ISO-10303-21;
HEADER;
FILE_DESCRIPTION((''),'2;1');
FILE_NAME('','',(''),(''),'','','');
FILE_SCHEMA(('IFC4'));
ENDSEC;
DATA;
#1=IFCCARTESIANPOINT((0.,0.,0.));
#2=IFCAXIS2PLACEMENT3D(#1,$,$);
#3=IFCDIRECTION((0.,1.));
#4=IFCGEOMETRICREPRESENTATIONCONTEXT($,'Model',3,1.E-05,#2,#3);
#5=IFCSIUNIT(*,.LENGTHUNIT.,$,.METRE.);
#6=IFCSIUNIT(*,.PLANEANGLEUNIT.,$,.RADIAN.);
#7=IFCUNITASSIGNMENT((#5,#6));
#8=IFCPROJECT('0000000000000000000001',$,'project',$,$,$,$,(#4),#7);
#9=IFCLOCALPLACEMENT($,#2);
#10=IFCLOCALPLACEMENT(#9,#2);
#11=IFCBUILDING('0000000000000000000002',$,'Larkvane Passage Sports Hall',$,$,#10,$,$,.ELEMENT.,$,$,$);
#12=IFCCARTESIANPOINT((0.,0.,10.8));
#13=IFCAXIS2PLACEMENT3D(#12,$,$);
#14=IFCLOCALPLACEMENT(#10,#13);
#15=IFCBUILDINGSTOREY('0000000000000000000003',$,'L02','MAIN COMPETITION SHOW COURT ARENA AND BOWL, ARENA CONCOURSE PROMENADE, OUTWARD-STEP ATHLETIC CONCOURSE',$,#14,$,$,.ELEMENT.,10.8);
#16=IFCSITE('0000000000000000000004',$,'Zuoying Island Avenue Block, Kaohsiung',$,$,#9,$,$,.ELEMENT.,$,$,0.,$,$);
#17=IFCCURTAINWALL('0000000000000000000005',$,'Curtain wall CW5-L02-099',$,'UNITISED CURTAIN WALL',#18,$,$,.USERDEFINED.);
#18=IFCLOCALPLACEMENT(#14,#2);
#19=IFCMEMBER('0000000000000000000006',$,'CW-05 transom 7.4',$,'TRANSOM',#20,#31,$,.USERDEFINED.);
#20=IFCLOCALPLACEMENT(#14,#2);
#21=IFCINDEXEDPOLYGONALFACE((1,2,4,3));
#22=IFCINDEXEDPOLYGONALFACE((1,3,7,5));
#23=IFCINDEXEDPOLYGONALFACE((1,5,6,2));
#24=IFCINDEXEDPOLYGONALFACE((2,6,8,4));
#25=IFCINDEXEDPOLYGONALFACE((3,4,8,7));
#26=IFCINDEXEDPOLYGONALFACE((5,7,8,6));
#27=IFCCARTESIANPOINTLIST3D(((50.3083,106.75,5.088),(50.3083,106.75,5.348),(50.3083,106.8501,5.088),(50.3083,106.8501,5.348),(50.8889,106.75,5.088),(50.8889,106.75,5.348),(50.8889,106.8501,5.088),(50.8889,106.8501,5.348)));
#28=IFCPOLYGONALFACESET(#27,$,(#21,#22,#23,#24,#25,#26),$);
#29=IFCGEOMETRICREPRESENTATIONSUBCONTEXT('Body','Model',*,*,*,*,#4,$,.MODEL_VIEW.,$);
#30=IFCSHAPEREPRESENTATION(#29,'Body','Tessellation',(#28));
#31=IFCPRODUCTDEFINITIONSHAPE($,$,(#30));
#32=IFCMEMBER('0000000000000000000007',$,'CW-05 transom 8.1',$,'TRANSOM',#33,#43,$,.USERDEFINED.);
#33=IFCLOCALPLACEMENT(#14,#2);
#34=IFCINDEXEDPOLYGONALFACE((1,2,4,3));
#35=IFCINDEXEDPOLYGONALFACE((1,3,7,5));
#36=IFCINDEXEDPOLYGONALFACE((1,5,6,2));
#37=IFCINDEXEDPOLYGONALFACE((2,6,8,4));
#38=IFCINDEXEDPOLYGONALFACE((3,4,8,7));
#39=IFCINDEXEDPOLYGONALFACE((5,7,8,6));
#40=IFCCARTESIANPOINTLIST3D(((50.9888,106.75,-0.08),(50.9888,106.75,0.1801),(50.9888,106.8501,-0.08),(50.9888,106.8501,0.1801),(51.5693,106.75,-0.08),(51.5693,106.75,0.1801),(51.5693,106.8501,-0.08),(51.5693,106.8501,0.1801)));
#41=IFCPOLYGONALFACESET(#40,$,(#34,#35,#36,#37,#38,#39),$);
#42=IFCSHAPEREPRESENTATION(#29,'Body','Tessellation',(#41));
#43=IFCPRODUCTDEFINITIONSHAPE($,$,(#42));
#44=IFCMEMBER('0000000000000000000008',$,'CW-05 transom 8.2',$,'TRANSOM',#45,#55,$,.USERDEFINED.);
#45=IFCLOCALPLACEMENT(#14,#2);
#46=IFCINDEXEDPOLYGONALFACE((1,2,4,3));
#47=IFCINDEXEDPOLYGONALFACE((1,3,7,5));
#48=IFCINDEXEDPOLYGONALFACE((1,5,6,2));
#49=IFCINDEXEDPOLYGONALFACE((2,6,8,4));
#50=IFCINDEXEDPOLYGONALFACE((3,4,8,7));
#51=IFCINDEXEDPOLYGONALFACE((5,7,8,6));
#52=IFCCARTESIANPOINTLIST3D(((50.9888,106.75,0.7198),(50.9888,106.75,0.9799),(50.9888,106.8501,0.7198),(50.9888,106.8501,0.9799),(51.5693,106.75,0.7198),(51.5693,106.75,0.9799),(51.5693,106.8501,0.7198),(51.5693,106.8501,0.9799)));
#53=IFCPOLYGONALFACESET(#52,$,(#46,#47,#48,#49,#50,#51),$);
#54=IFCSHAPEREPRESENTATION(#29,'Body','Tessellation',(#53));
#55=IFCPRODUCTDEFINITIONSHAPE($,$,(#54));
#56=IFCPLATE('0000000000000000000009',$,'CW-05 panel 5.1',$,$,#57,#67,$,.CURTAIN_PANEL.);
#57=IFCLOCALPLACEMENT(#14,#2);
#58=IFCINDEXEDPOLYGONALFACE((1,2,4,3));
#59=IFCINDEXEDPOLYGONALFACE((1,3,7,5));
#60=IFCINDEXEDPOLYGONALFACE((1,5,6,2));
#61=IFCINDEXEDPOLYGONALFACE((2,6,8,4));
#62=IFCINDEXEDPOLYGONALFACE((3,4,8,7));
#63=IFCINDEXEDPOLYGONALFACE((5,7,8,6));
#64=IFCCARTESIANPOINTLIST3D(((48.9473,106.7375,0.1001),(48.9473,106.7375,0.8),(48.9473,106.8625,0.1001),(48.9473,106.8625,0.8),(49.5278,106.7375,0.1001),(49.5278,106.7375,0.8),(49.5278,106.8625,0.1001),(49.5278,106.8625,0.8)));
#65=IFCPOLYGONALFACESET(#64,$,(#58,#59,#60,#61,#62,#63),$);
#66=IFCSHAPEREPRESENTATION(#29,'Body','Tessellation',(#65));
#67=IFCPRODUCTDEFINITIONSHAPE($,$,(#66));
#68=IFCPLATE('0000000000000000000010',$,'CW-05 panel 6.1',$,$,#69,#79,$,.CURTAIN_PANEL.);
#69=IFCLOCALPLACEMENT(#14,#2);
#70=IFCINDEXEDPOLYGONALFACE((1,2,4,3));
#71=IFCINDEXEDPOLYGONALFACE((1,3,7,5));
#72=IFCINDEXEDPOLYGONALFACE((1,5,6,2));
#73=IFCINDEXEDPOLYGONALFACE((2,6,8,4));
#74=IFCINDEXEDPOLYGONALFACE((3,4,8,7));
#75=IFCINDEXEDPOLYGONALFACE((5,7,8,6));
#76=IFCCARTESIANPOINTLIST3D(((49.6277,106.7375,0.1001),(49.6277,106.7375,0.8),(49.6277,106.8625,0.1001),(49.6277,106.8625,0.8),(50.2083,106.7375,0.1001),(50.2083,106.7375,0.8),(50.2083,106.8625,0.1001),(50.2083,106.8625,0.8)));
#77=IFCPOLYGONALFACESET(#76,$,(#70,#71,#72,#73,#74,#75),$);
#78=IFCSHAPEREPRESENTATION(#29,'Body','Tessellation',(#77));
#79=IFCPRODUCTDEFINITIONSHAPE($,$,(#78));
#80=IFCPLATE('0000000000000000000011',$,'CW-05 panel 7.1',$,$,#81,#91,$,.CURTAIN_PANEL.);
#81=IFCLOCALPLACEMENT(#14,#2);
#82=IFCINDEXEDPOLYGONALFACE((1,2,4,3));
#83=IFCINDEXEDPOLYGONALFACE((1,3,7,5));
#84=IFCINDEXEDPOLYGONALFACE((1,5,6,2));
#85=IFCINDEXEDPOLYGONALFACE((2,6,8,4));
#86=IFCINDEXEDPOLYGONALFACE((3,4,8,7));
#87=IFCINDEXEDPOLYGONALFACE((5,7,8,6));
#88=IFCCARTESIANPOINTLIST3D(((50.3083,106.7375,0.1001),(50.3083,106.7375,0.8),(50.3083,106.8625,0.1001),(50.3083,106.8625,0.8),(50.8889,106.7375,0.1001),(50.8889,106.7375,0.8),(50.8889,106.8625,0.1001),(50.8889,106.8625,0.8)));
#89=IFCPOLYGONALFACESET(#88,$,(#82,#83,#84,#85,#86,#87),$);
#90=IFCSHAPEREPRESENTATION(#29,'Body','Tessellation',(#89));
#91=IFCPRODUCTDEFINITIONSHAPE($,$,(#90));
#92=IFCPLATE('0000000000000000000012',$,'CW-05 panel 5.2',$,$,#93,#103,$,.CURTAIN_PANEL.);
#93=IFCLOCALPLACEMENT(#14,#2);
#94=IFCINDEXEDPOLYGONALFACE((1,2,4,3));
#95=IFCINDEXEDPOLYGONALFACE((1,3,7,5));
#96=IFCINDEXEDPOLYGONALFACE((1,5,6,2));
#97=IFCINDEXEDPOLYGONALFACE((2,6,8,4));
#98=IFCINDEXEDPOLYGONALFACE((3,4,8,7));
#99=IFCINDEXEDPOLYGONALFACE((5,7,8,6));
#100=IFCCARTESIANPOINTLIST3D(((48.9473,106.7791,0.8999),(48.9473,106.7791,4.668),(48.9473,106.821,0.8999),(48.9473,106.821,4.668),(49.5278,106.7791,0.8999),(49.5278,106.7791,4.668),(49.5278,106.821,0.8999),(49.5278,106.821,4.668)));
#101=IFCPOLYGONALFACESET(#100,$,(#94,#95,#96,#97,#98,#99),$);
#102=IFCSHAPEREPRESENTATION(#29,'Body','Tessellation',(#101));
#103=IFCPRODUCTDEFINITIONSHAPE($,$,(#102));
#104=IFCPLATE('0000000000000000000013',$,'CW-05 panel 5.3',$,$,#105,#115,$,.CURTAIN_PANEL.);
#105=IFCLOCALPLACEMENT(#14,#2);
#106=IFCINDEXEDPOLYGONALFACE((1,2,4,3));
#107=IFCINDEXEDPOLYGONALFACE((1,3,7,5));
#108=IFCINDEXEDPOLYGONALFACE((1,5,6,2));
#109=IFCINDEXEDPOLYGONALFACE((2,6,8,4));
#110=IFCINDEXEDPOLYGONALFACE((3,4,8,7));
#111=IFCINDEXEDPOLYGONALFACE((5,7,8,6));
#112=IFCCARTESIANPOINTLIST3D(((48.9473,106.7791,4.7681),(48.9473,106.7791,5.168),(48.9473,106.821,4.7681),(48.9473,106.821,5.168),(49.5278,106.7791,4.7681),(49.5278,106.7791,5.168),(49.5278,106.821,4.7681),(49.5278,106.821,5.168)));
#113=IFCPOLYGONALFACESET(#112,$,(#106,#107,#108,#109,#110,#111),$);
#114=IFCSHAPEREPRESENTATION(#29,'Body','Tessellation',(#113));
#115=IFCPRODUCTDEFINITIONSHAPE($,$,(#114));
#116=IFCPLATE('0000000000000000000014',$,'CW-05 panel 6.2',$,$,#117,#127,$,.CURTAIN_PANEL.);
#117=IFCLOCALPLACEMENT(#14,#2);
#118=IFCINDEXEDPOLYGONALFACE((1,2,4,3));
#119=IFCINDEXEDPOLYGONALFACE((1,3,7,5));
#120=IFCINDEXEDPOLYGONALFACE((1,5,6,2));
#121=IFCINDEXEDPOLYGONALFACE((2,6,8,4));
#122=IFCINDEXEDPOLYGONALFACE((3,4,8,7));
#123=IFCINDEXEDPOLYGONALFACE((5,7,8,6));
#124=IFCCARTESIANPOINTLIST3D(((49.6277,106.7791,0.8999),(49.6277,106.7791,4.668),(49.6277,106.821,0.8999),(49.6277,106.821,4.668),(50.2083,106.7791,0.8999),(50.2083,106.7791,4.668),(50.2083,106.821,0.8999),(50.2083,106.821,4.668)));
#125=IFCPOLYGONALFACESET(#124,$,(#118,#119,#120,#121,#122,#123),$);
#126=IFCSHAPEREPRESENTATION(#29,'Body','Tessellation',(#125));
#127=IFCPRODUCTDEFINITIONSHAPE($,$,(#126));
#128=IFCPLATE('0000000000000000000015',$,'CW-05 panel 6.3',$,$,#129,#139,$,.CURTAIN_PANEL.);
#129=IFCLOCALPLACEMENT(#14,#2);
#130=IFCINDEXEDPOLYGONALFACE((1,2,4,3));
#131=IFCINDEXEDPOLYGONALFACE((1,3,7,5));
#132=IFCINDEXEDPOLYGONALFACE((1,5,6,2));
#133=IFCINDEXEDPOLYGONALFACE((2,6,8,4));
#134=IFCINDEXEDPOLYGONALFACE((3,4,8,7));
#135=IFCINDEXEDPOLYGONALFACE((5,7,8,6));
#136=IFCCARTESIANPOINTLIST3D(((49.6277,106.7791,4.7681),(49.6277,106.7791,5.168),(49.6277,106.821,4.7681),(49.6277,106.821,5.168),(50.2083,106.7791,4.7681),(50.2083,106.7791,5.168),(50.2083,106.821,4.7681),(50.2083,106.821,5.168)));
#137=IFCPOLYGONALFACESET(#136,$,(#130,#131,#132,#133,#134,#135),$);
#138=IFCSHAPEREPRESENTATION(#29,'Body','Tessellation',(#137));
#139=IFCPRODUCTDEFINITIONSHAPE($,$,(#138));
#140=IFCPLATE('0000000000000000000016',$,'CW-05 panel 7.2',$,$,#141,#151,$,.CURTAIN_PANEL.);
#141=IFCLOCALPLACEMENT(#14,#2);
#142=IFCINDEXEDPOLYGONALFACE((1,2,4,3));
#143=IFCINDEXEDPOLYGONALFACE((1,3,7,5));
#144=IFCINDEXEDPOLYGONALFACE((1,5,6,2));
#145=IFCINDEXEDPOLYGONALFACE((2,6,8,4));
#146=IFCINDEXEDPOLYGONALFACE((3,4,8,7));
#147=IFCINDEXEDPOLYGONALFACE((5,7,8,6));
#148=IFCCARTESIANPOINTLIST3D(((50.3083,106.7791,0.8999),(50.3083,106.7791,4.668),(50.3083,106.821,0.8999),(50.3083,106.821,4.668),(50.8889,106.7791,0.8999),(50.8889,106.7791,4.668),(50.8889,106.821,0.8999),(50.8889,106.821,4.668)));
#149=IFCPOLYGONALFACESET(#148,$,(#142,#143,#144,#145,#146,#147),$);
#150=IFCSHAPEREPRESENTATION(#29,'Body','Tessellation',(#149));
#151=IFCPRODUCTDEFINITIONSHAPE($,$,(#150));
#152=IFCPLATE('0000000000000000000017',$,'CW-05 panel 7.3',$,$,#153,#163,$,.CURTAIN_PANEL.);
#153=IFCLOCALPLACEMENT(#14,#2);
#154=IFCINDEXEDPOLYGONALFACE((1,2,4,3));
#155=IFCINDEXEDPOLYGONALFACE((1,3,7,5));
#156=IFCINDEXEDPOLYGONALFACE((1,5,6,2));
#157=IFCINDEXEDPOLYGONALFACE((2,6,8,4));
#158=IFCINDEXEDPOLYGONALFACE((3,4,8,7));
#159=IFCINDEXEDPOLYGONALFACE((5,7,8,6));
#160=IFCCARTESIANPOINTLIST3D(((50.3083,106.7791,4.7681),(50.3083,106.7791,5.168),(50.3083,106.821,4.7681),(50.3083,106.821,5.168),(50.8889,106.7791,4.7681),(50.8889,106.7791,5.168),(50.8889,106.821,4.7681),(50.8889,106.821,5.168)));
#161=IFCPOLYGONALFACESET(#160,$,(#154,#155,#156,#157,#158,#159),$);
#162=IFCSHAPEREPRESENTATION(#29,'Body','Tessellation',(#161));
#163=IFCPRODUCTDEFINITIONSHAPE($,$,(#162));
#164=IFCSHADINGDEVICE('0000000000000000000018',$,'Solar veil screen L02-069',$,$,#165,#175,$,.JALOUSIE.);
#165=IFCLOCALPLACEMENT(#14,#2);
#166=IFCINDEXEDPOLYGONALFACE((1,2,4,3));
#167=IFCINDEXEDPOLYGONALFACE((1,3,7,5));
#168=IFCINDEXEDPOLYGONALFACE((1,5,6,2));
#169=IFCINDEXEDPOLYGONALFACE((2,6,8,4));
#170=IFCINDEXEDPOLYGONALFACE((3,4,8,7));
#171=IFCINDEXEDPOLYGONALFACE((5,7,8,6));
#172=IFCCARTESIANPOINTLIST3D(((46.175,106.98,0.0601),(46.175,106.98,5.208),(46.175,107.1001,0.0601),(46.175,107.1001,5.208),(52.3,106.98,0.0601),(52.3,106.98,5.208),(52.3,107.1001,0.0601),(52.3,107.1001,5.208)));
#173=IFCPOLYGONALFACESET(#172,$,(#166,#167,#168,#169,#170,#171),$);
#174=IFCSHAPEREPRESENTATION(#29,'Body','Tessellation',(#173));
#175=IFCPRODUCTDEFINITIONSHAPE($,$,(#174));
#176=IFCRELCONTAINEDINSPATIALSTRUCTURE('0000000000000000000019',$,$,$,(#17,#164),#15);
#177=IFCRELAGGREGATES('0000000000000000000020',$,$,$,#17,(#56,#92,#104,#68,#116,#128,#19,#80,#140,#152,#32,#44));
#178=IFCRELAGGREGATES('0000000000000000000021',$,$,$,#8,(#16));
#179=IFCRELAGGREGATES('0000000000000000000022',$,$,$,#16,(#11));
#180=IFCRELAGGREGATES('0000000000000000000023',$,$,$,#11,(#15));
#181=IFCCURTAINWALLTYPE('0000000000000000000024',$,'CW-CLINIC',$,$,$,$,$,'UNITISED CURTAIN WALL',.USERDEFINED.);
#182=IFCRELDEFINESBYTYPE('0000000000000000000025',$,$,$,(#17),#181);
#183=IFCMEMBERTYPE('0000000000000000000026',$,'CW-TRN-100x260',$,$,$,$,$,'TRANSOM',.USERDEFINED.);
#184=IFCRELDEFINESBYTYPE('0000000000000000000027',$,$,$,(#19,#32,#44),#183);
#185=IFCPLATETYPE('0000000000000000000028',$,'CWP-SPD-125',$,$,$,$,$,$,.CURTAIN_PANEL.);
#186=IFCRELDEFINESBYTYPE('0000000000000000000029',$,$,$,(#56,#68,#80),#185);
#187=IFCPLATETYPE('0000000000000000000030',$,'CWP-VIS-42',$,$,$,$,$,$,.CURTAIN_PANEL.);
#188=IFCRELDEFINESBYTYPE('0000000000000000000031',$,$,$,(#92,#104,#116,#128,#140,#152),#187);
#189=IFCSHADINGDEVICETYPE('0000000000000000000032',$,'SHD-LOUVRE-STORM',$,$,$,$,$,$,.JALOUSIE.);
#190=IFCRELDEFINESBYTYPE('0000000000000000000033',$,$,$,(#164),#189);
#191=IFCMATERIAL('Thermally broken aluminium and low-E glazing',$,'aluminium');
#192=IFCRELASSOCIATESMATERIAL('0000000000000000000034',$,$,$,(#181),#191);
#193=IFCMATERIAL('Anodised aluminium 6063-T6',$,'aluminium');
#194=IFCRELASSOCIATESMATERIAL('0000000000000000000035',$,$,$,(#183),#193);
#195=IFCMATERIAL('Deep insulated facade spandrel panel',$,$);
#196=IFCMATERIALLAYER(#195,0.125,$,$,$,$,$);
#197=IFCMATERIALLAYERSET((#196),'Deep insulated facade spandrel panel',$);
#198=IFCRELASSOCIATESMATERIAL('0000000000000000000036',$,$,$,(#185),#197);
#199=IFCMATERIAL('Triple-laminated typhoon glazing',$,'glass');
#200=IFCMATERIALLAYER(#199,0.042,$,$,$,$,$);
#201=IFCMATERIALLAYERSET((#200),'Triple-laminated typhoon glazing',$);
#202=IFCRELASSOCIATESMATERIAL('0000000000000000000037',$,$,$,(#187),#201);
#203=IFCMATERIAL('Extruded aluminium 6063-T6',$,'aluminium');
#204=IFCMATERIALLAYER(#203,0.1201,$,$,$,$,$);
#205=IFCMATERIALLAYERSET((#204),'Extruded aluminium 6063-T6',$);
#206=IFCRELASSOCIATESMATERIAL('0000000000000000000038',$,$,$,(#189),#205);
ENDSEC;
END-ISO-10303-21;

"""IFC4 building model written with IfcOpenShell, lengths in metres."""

from ifc_helpers import new_model, si_unit, direction, frame, origin, origin_2d, place, context, subcontext, project, spatial, rectangle, extrude, material, layer, layer_set, material_profile, profile_set, type_object, element, aggregate, save


model = new_model("IFC4")

# Units and contexts
model_context = context("Model", 3, precision=1e-05, world=origin(), true_north=direction((0.0, 1.0)))
body_context = subcontext(model_context, "Body", "Model", "MODEL_VIEW")
ifc_project = project(units=[si_unit("LENGTHUNIT", "METRE"), si_unit("PLANEANGLEUNIT", "RADIAN")], contexts=[model_context])

# Site, building, storey
site_placement = place(None, origin())
site = spatial("IfcSite", under=ifc_project, at=site_placement, Name="Zuoying Island Avenue Block, Kaohsiung", CompositionType="ELEMENT", RefElevation=0.0)
building_placement = place(site_placement, origin())
building = spatial("IfcBuilding", under=site, at=building_placement, Name="Larkvane Passage Sports Hall", CompositionType="ELEMENT")
storey_placement = place(building_placement, frame((0.0, 0.0, 10.8)))
storey = spatial("IfcBuildingStorey", under=building, at=storey_placement, Name="L02", Description="MAIN COMPETITION SHOW COURT ARENA AND BOWL, ARENA CONCOURSE PROMENADE, OUTWARD-STEP ATHLETIC CONCOURSE", CompositionType="ELEMENT", Elevation=10.8)

# Curtain wall, members, plates
ifc_material_1 = material(Name="Thermally broken aluminium and low-E glazing", Category="aluminium")
curtain_wall_type = type_object("IfcCurtainWallType", Name="CW-CLINIC", ElementType="UNITISED CURTAIN WALL", PredefinedType="USERDEFINED", material=ifc_material_1)
curtain_wall_placement = place(storey_placement, origin())
curtain_wall = element("IfcCurtainWall", 1, at=curtain_wall_placement, inside=storey, type_object=curtain_wall_type, Name="Curtain wall CW5-L02-099", ObjectType="UNITISED CURTAIN WALL", PredefinedType="USERDEFINED")
ifc_material_2 = material(Name="Anodised aluminium 6063-T6", Category="aluminium")
ifc_material_profile_1 = material_profile(ifc_material_2, rectangle(XDim=0.1001, YDim=0.26, at=origin_2d()), Name="ALU-TRN-100x260")
ifc_profile_set_1 = profile_set([ifc_material_profile_1], Name="Anodised aluminium 6063-T6")
member_type_1 = type_object("IfcMemberType", Name="CW-TRN-100x260", ElementType="TRANSOM", PredefinedType="USERDEFINED", material=ifc_profile_set_1)
member_1_placement = place(storey_placement, frame((50.3083, 106.8, 5.218), z_axis=(1.0, 0.0, 0.0), x_axis=(0.0, 1.0, 0.0)))
member_1 = element("IfcMember", 2, at=member_1_placement, type_object=member_type_1, Name="CW-05 transom 7.4", ObjectType="TRANSOM", PredefinedType="USERDEFINED", context=body_context, shape_type="SweptSolid", body=[
    extrude(rectangle(XDim=0.1001, YDim=0.26, at=origin_2d()), origin(), (0.0, 0.0, 1.0), 0.5806),
])
member_2_placement = place(storey_placement, frame((50.9888, 106.8, 0.05), z_axis=(1.0, 0.0, 0.0), x_axis=(0.0, 1.0, 0.0)))
member_2 = element("IfcMember", 3, at=member_2_placement, type_object=member_type_1, Name="CW-05 transom 8.1", ObjectType="TRANSOM", PredefinedType="USERDEFINED", context=body_context, shape_type="SweptSolid", body=[
    extrude(rectangle(XDim=0.1001, YDim=0.26, at=origin_2d()), origin(), (0.0, 0.0, 1.0), 0.5806),
])
member_3_placement = place(storey_placement, frame((50.9888, 106.8, 0.8499), z_axis=(1.0, 0.0, 0.0), x_axis=(0.0, 1.0, 0.0)))
member_3 = element("IfcMember", 4, at=member_3_placement, type_object=member_type_1, Name="CW-05 transom 8.2", ObjectType="TRANSOM", PredefinedType="USERDEFINED", context=body_context, shape_type="SweptSolid", body=[
    extrude(rectangle(XDim=0.1001, YDim=0.26, at=origin_2d()), origin(), (0.0, 0.0, 1.0), 0.5806),
])
ifc_material_3 = material(Name="Deep insulated facade spandrel panel")
ifc_layer_1 = layer(ifc_material_3, 0.125)
ifc_layer_set_1 = layer_set([ifc_layer_1], Name="Deep insulated facade spandrel panel")
plate_type_1 = type_object("IfcPlateType", Name="CWP-SPD-125", PredefinedType="CURTAIN_PANEL", material=ifc_layer_set_1)
plate_1_placement = place(storey_placement, frame((49.2375, 106.8, 0.1001), z_axis=(0.0, 0.0, 1.0), x_axis=(1.0, 0.0, 0.0)))
plate_1 = element("IfcPlate", 5, at=plate_1_placement, type_object=plate_type_1, Name="CW-05 panel 5.1", PredefinedType="CURTAIN_PANEL", context=body_context, shape_type="SweptSolid", body=[
    extrude(rectangle(XDim=0.5806, YDim=0.125, at=origin_2d()), origin(), (0.0, 0.0, 1.0), 0.7),
])
plate_2_placement = place(storey_placement, frame((49.918, 106.8, 0.1001), z_axis=(0.0, 0.0, 1.0), x_axis=(1.0, 0.0, 0.0)))
plate_2 = element("IfcPlate", 6, at=plate_2_placement, type_object=plate_type_1, Name="CW-05 panel 6.1", PredefinedType="CURTAIN_PANEL", context=body_context, shape_type="SweptSolid", body=[
    extrude(rectangle(XDim=0.5806, YDim=0.125, at=origin_2d()), origin(), (0.0, 0.0, 1.0), 0.7),
])
plate_3_placement = place(storey_placement, frame((50.5986, 106.8, 0.1001), z_axis=(0.0, 0.0, 1.0), x_axis=(1.0, 0.0, 0.0)))
plate_3 = element("IfcPlate", 7, at=plate_3_placement, type_object=plate_type_1, Name="CW-05 panel 7.1", PredefinedType="CURTAIN_PANEL", context=body_context, shape_type="SweptSolid", body=[
    extrude(rectangle(XDim=0.5806, YDim=0.125, at=origin_2d()), origin(), (0.0, 0.0, 1.0), 0.7),
])
ifc_material_4 = material(Name="Triple-laminated typhoon glazing", Category="glass")
ifc_layer_2 = layer(ifc_material_4, 0.042)
ifc_layer_set_2 = layer_set([ifc_layer_2], Name="Triple-laminated typhoon glazing")
plate_type_2 = type_object("IfcPlateType", Name="CWP-VIS-42", PredefinedType="CURTAIN_PANEL", material=ifc_layer_set_2)
plate_4_placement = place(storey_placement, frame((49.2375, 106.8, 0.8999), z_axis=(0.0, 0.0, 1.0), x_axis=(1.0, 0.0, 0.0)))
plate_4 = element("IfcPlate", 8, at=plate_4_placement, type_object=plate_type_2, Name="CW-05 panel 5.2", PredefinedType="CURTAIN_PANEL", context=body_context, shape_type="SweptSolid", body=[
    extrude(rectangle(XDim=0.5806, YDim=0.042, at=origin_2d()), origin(), (0.0, 0.0, 1.0), 3.7681),
])
plate_5_placement = place(storey_placement, frame((49.2375, 106.8, 4.7681), z_axis=(0.0, 0.0, 1.0), x_axis=(1.0, 0.0, 0.0)))
plate_5 = element("IfcPlate", 9, at=plate_5_placement, type_object=plate_type_2, Name="CW-05 panel 5.3", PredefinedType="CURTAIN_PANEL", context=body_context, shape_type="SweptSolid", body=[
    extrude(rectangle(XDim=0.5806, YDim=0.042, at=origin_2d()), origin(), (0.0, 0.0, 1.0), 0.3999),
])
plate_6_placement = place(storey_placement, frame((49.918, 106.8, 0.8999), z_axis=(0.0, 0.0, 1.0), x_axis=(1.0, 0.0, 0.0)))
plate_6 = element("IfcPlate", 10, at=plate_6_placement, type_object=plate_type_2, Name="CW-05 panel 6.2", PredefinedType="CURTAIN_PANEL", context=body_context, shape_type="SweptSolid", body=[
    extrude(rectangle(XDim=0.5806, YDim=0.042, at=origin_2d()), origin(), (0.0, 0.0, 1.0), 3.7681),
])
plate_7_placement = place(storey_placement, frame((49.918, 106.8, 4.7681), z_axis=(0.0, 0.0, 1.0), x_axis=(1.0, 0.0, 0.0)))
plate_7 = element("IfcPlate", 11, at=plate_7_placement, type_object=plate_type_2, Name="CW-05 panel 6.3", PredefinedType="CURTAIN_PANEL", context=body_context, shape_type="SweptSolid", body=[
    extrude(rectangle(XDim=0.5806, YDim=0.042, at=origin_2d()), origin(), (0.0, 0.0, 1.0), 0.3999),
])
plate_8_placement = place(storey_placement, frame((50.5986, 106.8, 0.8999), z_axis=(0.0, 0.0, 1.0), x_axis=(1.0, 0.0, 0.0)))
plate_8 = element("IfcPlate", 12, at=plate_8_placement, type_object=plate_type_2, Name="CW-05 panel 7.2", PredefinedType="CURTAIN_PANEL", context=body_context, shape_type="SweptSolid", body=[
    extrude(rectangle(XDim=0.5806, YDim=0.042, at=origin_2d()), origin(), (0.0, 0.0, 1.0), 3.7681),
])
plate_9_placement = place(storey_placement, frame((50.5986, 106.8, 4.7681), z_axis=(0.0, 0.0, 1.0), x_axis=(1.0, 0.0, 0.0)))
plate_9 = element("IfcPlate", 13, at=plate_9_placement, type_object=plate_type_2, Name="CW-05 panel 7.3", PredefinedType="CURTAIN_PANEL", context=body_context, shape_type="SweptSolid", body=[
    extrude(rectangle(XDim=0.5806, YDim=0.042, at=origin_2d()), origin(), (0.0, 0.0, 1.0), 0.3999),
])
aggregate(curtain_wall, [plate_1, plate_4, plate_5, plate_2, plate_6, plate_7, member_1, plate_3, plate_8, plate_9, member_2, member_3])

# Shading device
ifc_material_5 = material(Name="Extruded aluminium 6063-T6", Category="aluminium")
ifc_layer_3 = layer(ifc_material_5, 0.1201)
ifc_layer_set_3 = layer_set([ifc_layer_3], Name="Extruded aluminium 6063-T6")
shading_device_type = type_object("IfcShadingDeviceType", Name="SHD-LOUVRE-STORM", PredefinedType="JALOUSIE", material=ifc_layer_set_3)
shading_device_placement = place(storey_placement, frame((49.2375, 107.04, 0.0601), z_axis=(0.0, 0.0, 1.0), x_axis=(1.0, 0.0, 0.0)))
element("IfcShadingDevice", 14, at=shading_device_placement, inside=storey, type_object=shading_device_type, Name="Solar veil screen L02-069", PredefinedType="JALOUSIE", context=body_context, shape_type="SweptSolid", body=[
    extrude(rectangle(XDim=6.125, YDim=0.1201, at=origin_2d()), origin(), (0.0, 0.0, 1.0), 5.1479),
])

save(model, "model.ifc")
